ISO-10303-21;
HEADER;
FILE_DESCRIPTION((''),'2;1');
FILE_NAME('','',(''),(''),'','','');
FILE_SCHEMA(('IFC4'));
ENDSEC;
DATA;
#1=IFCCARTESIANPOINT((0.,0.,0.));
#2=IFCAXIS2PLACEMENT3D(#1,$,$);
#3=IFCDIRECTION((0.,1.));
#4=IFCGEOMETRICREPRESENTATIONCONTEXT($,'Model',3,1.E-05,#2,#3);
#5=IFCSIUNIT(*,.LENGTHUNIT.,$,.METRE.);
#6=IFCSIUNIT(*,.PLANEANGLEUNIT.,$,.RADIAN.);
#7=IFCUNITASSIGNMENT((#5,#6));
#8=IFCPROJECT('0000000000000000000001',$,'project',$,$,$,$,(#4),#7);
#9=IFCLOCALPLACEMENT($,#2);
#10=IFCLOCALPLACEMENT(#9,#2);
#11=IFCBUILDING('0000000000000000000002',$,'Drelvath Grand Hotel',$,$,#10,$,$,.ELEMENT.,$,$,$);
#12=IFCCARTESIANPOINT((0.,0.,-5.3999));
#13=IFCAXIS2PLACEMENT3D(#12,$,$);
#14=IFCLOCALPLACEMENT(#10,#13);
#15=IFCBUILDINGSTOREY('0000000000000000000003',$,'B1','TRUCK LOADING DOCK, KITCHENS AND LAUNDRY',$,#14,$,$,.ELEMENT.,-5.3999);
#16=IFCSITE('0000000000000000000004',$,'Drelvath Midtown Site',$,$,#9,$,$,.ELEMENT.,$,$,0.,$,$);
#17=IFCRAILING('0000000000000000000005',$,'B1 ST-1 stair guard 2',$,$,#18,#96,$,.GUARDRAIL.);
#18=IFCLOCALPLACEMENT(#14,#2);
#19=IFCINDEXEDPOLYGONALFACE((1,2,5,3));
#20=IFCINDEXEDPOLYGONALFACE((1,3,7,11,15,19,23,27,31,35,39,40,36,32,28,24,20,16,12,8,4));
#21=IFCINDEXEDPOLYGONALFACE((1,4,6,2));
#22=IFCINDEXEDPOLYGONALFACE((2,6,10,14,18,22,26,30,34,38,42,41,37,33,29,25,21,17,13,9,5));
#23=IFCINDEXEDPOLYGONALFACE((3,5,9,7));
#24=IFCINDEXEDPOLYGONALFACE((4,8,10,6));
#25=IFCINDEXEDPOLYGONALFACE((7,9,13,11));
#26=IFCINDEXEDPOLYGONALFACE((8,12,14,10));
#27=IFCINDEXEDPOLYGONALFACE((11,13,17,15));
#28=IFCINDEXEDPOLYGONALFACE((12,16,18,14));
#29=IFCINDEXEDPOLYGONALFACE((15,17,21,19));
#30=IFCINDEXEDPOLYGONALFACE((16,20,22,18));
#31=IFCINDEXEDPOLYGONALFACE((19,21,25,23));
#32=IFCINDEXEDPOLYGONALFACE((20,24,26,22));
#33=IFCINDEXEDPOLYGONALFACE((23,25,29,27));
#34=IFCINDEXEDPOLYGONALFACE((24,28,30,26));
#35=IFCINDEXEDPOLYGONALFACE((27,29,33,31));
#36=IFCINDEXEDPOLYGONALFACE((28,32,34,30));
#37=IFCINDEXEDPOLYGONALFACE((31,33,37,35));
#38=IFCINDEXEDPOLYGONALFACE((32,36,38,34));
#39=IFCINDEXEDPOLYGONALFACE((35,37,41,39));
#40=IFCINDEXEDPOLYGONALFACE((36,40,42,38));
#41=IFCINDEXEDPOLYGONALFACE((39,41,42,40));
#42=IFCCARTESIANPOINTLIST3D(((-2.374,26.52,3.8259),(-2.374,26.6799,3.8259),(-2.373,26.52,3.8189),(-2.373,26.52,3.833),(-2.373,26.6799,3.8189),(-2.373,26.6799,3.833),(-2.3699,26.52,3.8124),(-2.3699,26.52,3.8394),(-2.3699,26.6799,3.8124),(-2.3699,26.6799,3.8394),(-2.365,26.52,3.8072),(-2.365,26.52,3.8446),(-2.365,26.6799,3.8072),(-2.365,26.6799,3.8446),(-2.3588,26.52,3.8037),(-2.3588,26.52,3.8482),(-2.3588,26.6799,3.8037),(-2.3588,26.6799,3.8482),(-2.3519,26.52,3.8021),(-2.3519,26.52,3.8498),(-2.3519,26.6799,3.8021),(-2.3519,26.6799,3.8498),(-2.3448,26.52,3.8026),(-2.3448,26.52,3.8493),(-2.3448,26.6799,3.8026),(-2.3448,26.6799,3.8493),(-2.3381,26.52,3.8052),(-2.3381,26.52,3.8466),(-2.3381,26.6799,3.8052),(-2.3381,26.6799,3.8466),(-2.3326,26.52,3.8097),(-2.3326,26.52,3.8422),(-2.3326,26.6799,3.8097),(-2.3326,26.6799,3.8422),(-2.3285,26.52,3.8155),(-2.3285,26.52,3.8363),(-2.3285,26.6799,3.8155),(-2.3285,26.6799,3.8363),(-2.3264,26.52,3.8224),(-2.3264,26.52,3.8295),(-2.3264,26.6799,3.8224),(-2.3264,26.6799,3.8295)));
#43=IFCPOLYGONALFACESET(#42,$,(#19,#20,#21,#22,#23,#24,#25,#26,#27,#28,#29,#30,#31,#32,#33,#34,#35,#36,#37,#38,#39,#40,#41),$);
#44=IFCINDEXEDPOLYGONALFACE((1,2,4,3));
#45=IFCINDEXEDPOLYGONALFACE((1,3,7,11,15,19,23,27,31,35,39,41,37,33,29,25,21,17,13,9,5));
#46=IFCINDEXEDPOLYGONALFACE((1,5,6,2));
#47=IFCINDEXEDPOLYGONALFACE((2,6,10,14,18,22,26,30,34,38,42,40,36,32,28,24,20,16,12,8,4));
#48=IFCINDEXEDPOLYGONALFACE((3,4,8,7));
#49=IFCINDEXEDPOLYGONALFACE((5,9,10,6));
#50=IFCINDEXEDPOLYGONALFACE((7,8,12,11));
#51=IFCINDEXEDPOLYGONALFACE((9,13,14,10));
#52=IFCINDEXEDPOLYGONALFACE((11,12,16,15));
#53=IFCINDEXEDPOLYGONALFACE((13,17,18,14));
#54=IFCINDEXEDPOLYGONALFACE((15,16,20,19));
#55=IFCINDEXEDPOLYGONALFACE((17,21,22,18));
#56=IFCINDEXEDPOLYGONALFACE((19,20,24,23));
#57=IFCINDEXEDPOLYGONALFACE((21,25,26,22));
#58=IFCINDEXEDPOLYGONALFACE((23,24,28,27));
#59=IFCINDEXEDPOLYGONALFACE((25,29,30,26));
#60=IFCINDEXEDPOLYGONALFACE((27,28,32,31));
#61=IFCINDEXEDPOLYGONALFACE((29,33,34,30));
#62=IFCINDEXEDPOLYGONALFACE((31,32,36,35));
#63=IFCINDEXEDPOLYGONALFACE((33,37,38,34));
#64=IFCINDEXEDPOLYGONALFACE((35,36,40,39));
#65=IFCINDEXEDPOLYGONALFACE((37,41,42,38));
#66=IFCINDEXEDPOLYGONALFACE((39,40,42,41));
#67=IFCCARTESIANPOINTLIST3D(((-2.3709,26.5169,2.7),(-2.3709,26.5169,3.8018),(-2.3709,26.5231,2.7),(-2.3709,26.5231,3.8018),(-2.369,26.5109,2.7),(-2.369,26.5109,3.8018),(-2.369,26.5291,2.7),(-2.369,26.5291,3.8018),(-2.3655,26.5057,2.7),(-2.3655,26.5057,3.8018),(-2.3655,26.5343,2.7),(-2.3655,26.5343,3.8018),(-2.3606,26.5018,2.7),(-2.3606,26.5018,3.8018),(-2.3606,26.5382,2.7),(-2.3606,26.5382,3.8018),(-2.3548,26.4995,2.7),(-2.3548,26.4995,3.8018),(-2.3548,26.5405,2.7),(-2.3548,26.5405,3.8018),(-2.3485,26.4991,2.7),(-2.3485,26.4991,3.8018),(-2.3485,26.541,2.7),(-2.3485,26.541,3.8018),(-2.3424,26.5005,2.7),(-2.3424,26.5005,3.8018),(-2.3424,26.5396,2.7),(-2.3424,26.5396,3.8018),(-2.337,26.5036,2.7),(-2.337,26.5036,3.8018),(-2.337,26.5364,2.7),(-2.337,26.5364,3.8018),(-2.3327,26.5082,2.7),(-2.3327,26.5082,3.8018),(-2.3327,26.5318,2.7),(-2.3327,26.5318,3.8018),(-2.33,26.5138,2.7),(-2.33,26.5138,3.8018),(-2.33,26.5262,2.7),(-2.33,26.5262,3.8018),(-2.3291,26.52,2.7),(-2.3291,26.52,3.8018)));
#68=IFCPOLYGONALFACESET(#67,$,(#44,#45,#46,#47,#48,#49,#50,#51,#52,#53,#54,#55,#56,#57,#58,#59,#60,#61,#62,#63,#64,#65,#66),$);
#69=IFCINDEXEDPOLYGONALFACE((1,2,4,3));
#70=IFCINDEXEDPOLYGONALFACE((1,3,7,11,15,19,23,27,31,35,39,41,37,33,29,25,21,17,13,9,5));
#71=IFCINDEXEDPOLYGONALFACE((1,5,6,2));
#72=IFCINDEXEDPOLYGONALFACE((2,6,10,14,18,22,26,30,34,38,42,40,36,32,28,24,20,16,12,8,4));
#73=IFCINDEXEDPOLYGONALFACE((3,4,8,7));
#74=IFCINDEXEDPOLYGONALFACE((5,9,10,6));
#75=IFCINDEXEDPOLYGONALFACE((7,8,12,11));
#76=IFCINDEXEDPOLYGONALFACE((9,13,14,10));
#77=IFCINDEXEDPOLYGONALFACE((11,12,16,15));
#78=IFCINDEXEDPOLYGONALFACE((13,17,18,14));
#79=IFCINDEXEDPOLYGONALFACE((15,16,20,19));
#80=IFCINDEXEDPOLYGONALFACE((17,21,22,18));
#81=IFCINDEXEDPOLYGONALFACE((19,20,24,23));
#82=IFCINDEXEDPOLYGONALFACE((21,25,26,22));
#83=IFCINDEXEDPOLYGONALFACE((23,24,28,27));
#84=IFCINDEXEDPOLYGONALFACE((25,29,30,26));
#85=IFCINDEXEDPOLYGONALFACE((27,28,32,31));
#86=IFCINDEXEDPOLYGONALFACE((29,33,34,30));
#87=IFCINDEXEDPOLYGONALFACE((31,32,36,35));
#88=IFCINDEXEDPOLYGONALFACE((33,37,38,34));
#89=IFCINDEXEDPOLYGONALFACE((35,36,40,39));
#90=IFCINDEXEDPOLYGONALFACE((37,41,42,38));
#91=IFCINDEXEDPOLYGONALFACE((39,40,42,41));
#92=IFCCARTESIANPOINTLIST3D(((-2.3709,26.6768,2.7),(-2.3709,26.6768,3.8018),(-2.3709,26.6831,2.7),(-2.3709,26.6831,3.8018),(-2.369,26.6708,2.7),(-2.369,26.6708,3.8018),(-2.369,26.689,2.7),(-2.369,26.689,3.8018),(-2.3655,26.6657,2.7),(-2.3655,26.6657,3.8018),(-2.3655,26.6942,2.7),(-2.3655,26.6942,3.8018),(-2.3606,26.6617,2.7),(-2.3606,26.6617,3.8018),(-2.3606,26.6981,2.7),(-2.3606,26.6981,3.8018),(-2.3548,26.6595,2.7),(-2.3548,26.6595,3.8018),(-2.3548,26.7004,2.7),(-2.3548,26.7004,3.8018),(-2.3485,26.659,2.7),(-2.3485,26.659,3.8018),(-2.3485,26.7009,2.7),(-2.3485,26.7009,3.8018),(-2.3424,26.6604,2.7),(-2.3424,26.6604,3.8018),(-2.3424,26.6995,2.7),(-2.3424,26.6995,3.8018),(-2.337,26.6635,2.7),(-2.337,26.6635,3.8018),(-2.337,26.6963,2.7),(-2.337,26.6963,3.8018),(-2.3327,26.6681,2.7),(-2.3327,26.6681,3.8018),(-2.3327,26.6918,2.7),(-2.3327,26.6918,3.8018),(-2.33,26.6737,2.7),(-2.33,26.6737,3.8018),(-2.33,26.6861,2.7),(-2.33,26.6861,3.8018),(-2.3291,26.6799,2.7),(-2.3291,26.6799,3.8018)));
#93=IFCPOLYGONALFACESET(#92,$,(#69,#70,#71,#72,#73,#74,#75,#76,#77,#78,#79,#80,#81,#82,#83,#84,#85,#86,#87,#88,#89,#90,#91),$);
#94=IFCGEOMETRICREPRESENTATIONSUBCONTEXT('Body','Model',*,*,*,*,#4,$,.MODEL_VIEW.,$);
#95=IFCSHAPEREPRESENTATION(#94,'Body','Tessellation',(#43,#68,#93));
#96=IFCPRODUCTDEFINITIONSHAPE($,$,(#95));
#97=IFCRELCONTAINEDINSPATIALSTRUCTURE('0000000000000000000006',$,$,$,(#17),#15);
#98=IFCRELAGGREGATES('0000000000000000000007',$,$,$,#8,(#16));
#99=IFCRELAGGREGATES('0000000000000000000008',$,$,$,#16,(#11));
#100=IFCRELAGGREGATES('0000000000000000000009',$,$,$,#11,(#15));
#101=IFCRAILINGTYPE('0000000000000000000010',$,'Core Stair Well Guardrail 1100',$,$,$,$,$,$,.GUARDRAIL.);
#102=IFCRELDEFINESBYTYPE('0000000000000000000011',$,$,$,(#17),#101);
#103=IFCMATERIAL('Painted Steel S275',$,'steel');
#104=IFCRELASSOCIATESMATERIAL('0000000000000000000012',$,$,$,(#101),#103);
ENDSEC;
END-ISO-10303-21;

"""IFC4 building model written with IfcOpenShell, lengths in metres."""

from ifc_helpers import new_model, si_unit, direction, frame, origin, origin_2d, place, context, subcontext, project, spatial, circle, extrude, material, type_object, element, save


model = new_model("IFC4")

# Units and contexts
model_context = context("Model", 3, precision=1e-05, world=origin(), true_north=direction((0.0, 1.0)))
body_context = subcontext(model_context, "Body", "Model", "MODEL_VIEW")
ifc_project = project(units=[si_unit("LENGTHUNIT", "METRE"), si_unit("PLANEANGLEUNIT", "RADIAN")], contexts=[model_context])

# Site, building, storey
site_placement = place(None, origin())
site = spatial("IfcSite", under=ifc_project, at=site_placement, Name="Drelvath Midtown Site", CompositionType="ELEMENT", RefElevation=0.0)
building_placement = place(site_placement, origin())
building = spatial("IfcBuilding", under=site, at=building_placement, Name="Drelvath Grand Hotel", CompositionType="ELEMENT")
storey_placement = place(building_placement, frame((0.0, 0.0, -5.3999)))
storey = spatial("IfcBuildingStorey", under=building, at=storey_placement, Name="B1", Description="TRUCK LOADING DOCK, KITCHENS AND LAUNDRY", CompositionType="ELEMENT", Elevation=-5.3999)

# Shared definitions
ifc_material_1 = material(Name="Painted Steel S275", Category="steel")

# Railing
railing_type_1 = type_object("IfcRailingType", Name="Core Stair Well Guardrail 1100", PredefinedType="GUARDRAIL", material=ifc_material_1)
railing_1_placement = place(storey_placement, frame((-2.3501, 26.52, 2.7)))
element("IfcRailing", 1, at=railing_1_placement, inside=storey, type_object=railing_type_1, Name="B1 ST-1 stair guard 2", PredefinedType="GUARDRAIL", context=body_context, shape_type="SweptSolid", body=[
    extrude(circle(Radius=0.0239, at=origin_2d()), frame((0.0, 0.0, 1.126), z_axis=(0.0, 1.0, 0.0), x_axis=(-1.0, 0.0, 0.0)), (0.0, 0.0, 1.0), 0.1599),
    extrude(circle(Radius=0.021, at=origin_2d()), origin(), (0.0, 0.0, 1.0), 1.1018),
    extrude(circle(Radius=0.021, at=origin_2d()), frame((0.0, 0.1599, 0.0)), (0.0, 0.0, 1.0), 1.1018),
])

save(model, "model.ifc")
